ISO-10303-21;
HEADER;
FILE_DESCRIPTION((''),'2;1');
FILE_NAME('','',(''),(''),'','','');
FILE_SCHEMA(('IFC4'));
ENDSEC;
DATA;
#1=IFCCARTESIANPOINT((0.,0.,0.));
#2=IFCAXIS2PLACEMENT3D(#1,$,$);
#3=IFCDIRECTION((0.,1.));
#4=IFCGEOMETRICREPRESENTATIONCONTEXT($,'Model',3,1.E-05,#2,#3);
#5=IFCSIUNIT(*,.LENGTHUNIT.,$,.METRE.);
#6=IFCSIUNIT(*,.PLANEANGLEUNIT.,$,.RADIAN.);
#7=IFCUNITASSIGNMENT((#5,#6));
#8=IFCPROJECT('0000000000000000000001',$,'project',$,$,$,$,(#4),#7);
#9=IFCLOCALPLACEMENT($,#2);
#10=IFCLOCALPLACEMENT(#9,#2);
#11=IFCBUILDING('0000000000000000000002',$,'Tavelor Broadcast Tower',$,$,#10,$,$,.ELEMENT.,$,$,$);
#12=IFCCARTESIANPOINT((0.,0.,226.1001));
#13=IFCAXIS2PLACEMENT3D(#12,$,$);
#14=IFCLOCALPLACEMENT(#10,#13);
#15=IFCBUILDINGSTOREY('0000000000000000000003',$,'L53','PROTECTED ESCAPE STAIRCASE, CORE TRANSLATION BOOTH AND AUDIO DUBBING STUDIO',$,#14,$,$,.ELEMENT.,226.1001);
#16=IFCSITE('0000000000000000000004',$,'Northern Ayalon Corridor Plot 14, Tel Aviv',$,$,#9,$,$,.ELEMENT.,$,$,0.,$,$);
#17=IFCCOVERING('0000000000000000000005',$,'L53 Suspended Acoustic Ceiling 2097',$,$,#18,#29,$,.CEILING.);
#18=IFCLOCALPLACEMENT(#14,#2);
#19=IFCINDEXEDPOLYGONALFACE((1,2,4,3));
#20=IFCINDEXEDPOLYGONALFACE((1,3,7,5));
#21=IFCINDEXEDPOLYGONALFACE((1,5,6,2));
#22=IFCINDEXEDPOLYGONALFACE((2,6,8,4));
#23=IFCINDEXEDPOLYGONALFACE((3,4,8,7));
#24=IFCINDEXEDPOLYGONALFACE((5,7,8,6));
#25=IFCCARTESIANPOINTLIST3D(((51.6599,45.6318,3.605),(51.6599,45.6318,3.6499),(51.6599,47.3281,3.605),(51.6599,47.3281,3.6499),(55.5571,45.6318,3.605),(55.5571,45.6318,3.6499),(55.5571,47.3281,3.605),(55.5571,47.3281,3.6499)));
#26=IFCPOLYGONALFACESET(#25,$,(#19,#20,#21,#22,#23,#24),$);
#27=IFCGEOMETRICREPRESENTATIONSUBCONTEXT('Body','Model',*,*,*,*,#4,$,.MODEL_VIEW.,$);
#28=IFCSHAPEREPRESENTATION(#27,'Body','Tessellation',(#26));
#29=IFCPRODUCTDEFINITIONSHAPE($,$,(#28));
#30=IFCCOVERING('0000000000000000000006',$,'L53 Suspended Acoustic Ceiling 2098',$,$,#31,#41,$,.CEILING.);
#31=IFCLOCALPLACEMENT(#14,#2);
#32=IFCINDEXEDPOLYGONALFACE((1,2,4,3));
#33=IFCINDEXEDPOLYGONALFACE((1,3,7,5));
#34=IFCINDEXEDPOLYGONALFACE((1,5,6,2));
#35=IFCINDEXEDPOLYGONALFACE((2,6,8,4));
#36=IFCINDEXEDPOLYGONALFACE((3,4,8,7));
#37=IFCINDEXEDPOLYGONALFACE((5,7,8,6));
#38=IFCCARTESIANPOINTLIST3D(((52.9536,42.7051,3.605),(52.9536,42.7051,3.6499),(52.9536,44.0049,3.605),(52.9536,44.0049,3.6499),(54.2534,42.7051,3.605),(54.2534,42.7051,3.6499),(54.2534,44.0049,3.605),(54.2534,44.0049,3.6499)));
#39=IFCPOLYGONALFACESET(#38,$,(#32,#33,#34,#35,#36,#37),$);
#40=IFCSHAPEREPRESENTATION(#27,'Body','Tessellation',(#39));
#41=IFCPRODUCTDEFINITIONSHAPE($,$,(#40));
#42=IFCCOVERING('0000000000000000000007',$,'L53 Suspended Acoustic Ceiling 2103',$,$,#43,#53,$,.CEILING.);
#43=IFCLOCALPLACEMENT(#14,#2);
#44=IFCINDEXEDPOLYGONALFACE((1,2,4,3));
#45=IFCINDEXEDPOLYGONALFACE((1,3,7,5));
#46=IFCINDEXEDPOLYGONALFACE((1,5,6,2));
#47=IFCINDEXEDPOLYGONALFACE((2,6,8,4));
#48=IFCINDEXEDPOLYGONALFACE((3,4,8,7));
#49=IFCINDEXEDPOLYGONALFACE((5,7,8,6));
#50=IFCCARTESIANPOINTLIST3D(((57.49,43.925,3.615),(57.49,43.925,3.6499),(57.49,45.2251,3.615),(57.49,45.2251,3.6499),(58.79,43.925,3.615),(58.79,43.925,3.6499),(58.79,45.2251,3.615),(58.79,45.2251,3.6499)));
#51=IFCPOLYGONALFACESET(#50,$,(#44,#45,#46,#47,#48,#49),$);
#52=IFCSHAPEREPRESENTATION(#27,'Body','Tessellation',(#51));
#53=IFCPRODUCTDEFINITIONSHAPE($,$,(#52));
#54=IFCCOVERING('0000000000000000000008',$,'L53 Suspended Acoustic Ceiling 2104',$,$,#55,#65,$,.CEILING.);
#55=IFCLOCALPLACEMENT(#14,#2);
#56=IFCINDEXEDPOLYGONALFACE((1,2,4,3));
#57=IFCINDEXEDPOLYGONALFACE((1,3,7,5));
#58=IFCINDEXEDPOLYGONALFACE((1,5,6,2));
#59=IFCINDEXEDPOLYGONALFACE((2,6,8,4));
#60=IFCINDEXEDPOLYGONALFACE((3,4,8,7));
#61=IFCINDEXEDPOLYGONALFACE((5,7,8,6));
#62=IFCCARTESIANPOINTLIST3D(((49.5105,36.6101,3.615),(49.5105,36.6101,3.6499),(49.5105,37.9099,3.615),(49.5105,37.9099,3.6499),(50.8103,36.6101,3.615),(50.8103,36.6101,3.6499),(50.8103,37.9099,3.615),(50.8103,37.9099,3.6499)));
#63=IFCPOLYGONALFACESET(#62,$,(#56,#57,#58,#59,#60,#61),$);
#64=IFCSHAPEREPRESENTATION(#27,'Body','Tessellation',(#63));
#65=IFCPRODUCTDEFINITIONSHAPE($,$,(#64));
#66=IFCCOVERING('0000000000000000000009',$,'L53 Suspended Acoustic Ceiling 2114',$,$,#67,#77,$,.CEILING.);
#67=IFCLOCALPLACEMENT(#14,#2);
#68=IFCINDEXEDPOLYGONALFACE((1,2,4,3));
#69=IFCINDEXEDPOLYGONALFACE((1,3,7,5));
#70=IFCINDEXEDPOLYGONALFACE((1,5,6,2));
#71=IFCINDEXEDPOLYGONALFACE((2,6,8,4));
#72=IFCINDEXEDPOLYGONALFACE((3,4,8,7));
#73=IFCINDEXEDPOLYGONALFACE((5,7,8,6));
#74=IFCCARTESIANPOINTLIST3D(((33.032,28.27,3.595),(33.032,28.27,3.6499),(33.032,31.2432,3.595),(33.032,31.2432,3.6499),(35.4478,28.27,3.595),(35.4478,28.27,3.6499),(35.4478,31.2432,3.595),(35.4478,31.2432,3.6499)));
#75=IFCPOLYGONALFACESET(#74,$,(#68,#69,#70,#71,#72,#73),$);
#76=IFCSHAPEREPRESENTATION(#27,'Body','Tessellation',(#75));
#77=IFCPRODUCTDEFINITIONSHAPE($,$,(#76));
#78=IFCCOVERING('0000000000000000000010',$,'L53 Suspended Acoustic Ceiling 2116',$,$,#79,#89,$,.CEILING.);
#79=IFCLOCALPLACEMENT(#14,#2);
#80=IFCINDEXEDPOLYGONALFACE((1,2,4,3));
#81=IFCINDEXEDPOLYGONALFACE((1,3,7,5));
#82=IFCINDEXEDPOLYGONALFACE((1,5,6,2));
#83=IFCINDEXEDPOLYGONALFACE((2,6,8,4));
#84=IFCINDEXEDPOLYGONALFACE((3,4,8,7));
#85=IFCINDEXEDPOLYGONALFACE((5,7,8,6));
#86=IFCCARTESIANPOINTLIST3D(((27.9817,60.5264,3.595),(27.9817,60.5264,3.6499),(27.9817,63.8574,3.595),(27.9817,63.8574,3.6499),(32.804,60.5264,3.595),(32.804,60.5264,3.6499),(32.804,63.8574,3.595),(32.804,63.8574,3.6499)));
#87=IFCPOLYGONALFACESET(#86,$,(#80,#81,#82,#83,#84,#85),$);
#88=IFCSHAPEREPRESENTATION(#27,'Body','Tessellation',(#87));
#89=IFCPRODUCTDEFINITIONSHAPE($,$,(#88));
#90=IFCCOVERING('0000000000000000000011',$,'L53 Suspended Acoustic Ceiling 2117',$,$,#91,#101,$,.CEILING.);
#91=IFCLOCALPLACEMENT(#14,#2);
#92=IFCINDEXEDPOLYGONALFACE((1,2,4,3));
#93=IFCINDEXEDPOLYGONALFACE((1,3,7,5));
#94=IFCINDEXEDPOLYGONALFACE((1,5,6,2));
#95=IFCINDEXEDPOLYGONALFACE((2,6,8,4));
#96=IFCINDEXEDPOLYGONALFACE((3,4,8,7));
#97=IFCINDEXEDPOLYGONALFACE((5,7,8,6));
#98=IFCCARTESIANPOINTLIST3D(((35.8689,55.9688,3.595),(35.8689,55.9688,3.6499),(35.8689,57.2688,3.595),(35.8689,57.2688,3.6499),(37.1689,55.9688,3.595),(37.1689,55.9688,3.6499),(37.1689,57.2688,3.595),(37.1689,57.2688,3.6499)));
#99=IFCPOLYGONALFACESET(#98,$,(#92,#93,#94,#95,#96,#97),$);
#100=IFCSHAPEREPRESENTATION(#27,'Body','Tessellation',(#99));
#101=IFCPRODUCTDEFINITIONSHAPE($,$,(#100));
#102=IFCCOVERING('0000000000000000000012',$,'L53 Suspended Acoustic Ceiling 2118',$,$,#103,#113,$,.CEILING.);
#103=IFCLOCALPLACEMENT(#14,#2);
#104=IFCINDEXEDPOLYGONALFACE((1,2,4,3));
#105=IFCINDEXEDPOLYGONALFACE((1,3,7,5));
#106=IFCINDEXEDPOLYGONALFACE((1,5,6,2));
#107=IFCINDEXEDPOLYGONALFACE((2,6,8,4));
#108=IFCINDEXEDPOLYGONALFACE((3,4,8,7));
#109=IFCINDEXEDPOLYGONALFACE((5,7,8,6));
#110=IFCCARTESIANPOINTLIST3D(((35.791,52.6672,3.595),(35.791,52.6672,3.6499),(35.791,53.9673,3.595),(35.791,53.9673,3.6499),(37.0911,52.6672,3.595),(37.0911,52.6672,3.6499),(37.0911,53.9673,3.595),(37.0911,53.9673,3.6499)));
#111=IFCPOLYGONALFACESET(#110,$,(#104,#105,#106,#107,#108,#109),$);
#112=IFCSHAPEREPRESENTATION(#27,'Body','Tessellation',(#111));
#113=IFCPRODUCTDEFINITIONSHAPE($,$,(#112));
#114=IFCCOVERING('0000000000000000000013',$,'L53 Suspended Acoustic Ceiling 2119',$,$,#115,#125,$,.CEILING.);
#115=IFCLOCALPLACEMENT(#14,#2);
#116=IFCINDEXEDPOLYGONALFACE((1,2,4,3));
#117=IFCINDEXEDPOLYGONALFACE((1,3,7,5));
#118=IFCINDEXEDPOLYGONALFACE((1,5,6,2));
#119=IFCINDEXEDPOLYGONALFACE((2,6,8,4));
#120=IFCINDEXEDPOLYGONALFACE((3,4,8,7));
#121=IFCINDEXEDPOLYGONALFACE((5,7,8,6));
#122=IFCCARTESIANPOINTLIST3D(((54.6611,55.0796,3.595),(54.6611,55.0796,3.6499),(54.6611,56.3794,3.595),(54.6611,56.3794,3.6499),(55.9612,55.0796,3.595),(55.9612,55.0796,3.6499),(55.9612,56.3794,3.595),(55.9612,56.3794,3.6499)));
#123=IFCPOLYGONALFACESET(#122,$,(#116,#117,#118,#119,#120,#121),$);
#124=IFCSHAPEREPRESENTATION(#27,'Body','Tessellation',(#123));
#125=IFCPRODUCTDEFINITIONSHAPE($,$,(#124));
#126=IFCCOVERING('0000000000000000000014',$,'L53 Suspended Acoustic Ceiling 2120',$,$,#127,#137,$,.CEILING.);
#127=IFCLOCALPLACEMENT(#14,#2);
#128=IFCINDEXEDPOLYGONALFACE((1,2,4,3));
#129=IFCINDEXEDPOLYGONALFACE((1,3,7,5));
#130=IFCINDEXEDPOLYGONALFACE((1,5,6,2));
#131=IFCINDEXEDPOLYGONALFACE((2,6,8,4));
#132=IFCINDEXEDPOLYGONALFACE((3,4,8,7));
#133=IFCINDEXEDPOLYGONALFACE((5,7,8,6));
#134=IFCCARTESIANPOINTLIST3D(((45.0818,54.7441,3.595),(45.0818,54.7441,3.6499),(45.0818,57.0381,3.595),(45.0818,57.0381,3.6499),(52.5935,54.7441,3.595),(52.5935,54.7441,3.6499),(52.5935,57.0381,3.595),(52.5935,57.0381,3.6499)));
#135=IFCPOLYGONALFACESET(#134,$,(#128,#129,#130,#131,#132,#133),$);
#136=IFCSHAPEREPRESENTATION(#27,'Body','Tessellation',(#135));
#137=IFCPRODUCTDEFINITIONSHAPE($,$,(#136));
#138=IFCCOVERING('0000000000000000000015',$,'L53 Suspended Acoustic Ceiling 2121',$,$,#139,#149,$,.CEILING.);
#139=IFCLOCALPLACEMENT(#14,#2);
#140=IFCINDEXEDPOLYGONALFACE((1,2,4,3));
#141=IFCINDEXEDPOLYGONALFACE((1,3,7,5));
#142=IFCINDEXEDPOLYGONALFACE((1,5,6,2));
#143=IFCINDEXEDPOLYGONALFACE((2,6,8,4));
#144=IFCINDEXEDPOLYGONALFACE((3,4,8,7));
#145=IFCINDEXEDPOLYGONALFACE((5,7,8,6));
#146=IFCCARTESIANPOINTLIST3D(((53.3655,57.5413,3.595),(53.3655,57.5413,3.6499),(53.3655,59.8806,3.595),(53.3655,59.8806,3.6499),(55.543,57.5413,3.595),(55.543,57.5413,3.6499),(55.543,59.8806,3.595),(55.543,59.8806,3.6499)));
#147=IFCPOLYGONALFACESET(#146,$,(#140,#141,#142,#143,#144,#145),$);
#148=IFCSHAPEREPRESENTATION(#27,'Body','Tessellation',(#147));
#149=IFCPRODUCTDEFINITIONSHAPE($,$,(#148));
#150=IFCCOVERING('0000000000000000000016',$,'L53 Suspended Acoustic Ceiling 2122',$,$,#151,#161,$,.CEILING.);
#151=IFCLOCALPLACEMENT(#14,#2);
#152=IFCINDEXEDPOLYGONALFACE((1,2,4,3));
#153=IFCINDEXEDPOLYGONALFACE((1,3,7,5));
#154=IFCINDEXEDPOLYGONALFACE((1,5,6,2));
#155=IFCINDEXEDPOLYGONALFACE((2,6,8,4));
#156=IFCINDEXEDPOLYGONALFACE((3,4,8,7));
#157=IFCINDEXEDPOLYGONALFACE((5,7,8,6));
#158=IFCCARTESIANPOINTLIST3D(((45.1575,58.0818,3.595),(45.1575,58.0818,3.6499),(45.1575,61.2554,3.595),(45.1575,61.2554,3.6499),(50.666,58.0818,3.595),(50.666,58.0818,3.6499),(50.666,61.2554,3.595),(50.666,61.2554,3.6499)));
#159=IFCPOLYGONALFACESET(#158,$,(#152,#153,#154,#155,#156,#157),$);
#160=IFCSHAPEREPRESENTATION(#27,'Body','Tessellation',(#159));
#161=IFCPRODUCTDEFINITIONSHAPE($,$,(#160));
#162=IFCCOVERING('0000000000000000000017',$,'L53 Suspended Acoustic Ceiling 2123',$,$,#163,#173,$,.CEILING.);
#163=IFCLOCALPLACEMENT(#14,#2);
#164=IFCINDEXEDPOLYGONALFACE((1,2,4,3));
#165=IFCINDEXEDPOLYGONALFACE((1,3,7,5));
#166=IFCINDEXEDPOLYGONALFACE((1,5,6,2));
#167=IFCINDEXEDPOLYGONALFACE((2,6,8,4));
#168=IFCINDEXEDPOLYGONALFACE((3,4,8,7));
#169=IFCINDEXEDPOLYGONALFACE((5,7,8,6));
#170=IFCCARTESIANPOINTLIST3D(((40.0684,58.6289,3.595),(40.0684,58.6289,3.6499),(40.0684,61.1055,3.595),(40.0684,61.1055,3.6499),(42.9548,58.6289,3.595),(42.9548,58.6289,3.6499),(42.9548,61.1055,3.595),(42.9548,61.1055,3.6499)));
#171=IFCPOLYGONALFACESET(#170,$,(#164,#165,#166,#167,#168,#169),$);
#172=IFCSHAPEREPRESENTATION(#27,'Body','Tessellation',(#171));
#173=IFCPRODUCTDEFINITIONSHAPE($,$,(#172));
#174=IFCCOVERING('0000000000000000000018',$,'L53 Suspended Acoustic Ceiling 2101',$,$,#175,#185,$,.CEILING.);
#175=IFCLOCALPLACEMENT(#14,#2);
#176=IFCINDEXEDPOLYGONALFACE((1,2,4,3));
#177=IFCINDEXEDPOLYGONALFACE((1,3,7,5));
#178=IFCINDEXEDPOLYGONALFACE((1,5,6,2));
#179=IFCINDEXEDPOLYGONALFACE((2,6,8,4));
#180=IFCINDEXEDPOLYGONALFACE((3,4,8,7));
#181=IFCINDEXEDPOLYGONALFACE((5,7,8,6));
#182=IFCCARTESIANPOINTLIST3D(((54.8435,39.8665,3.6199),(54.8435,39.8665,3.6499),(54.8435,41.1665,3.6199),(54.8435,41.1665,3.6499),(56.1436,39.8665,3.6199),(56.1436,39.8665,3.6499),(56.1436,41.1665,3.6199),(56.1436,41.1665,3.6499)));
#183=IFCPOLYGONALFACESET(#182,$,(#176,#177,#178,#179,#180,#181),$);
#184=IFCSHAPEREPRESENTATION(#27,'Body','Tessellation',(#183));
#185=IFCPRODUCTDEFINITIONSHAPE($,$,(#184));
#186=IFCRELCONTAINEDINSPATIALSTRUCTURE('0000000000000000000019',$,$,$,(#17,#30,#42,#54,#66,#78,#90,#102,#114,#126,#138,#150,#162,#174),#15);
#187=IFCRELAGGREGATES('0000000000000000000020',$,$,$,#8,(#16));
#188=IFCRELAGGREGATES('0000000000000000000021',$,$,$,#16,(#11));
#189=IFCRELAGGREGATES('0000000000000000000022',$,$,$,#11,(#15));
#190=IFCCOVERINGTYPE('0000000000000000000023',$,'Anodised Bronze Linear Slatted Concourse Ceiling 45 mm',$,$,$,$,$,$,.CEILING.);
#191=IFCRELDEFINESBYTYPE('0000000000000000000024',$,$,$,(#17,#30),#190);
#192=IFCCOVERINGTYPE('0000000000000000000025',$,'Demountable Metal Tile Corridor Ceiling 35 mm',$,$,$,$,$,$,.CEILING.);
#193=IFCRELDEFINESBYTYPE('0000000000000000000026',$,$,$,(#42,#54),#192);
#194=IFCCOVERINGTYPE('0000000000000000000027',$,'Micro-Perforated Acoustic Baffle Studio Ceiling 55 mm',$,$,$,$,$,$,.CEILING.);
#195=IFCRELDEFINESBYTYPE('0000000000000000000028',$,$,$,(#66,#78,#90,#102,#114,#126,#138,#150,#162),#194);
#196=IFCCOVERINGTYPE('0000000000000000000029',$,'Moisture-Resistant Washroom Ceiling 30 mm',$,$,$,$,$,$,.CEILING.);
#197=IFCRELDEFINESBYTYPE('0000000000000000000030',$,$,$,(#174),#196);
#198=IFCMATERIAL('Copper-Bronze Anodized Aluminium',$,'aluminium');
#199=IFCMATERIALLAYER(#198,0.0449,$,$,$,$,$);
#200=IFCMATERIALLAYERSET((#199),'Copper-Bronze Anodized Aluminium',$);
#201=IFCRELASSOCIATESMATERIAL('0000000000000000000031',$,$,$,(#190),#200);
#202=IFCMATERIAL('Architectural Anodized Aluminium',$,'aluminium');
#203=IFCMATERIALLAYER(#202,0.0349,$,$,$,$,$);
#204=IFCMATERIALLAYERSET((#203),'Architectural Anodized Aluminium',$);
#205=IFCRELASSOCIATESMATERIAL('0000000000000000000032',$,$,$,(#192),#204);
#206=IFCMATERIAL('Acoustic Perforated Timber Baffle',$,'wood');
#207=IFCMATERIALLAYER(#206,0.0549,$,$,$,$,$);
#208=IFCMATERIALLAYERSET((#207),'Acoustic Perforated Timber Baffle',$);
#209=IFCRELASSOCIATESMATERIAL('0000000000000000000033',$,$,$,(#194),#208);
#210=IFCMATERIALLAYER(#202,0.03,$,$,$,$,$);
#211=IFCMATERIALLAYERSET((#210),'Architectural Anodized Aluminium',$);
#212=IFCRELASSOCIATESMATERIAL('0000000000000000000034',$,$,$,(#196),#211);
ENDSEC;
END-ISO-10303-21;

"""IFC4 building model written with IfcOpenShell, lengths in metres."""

from ifc_helpers import new_model, si_unit, direction, frame, origin, place, context, subcontext, project, spatial, polyline, outline, extrude, material, layer, layer_set, type_object, element, save


model = new_model("IFC4")

# Units and contexts
model_context = context("Model", 3, precision=1e-05, world=origin(), true_north=direction((0.0, 1.0)))
body_context = subcontext(model_context, "Body", "Model", "MODEL_VIEW")
ifc_project = project(units=[si_unit("LENGTHUNIT", "METRE"), si_unit("PLANEANGLEUNIT", "RADIAN")], contexts=[model_context])

# Site, building, storey
site_placement = place(None, origin())
site = spatial("IfcSite", under=ifc_project, at=site_placement, Name="Northern Ayalon Corridor Plot 14, Tel Aviv", CompositionType="ELEMENT", RefElevation=0.0)
building_placement = place(site_placement, origin())
building = spatial("IfcBuilding", under=site, at=building_placement, Name="Tavelor Broadcast Tower", CompositionType="ELEMENT")
storey_placement = place(building_placement, frame((0.0, 0.0, 226.1001)))
storey = spatial("IfcBuildingStorey", under=building, at=storey_placement, Name="L53", Description="PROTECTED ESCAPE STAIRCASE, CORE TRANSLATION BOOTH AND AUDIO DUBBING STUDIO", CompositionType="ELEMENT", Elevation=226.1001)

# Coverings
ifc_material_1 = material(Name="Copper-Bronze Anodized Aluminium", Category="aluminium")
ifc_layer_1 = layer(ifc_material_1, 0.0449)
ifc_layer_set_1 = layer_set([ifc_layer_1], Name="Copper-Bronze Anodized Aluminium")
covering_type_1 = type_object("IfcCoveringType", Name="Anodised Bronze Linear Slatted Concourse Ceiling 45 mm", PredefinedType="CEILING", material=ifc_layer_set_1)
covering_1_placement = place(storey_placement, frame((0.0, 0.0, 3.605)))
element("IfcCovering", 1, at=covering_1_placement, inside=storey, type_object=covering_type_1, Name="L53 Suspended Acoustic Ceiling 2097", PredefinedType="CEILING", context=body_context, shape_type="SweptSolid", body=[
    extrude(outline(polyline([(51.6599, 45.6318), (55.5571, 45.6318), (55.5571, 47.3281), (51.6599, 47.3281), (51.6599, 45.6318)])), origin(), (0.0, 0.0, 1.0), 0.0449),
])
covering_2_placement = place(storey_placement, frame((0.0, 0.0, 3.605)))
element("IfcCovering", 2, at=covering_2_placement, inside=storey, type_object=covering_type_1, Name="L53 Suspended Acoustic Ceiling 2098", PredefinedType="CEILING", context=body_context, shape_type="SweptSolid", body=[
    extrude(outline(polyline([(52.9536, 42.7051), (54.2534, 42.7051), (54.2534, 44.0049), (52.9536, 44.0049), (52.9536, 42.7051)])), origin(), (0.0, 0.0, 1.0), 0.0449),
])
ifc_material_2 = material(Name="Architectural Anodized Aluminium", Category="aluminium")
ifc_layer_2 = layer(ifc_material_2, 0.0349)
ifc_layer_set_2 = layer_set([ifc_layer_2], Name="Architectural Anodized Aluminium")
covering_type_2 = type_object("IfcCoveringType", Name="Demountable Metal Tile Corridor Ceiling 35 mm", PredefinedType="CEILING", material=ifc_layer_set_2)
covering_3_placement = place(storey_placement, frame((0.0, 0.0, 3.615)))
element("IfcCovering", 3, at=covering_3_placement, inside=storey, type_object=covering_type_2, Name="L53 Suspended Acoustic Ceiling 2103", PredefinedType="CEILING", context=body_context, shape_type="SweptSolid", body=[
    extrude(outline(polyline([(57.49, 43.925), (58.79, 43.925), (58.79, 45.2251), (57.49, 45.2251), (57.49, 43.925)])), origin(), (0.0, 0.0, 1.0), 0.0349),
])
covering_4_placement = place(storey_placement, frame((0.0, 0.0, 3.615)))
element("IfcCovering", 4, at=covering_4_placement, inside=storey, type_object=covering_type_2, Name="L53 Suspended Acoustic Ceiling 2104", PredefinedType="CEILING", context=body_context, shape_type="SweptSolid", body=[
    extrude(outline(polyline([(49.5105, 36.6101), (50.8103, 36.6101), (50.8103, 37.9099), (49.5105, 37.9099), (49.5105, 36.6101)])), origin(), (0.0, 0.0, 1.0), 0.0349),
])
ifc_material_3 = material(Name="Acoustic Perforated Timber Baffle", Category="wood")
ifc_layer_3 = layer(ifc_material_3, 0.0549)
ifc_layer_set_3 = layer_set([ifc_layer_3], Name="Acoustic Perforated Timber Baffle")
covering_type_3 = type_object("IfcCoveringType", Name="Micro-Perforated Acoustic Baffle Studio Ceiling 55 mm", PredefinedType="CEILING", material=ifc_layer_set_3)
covering_5_placement = place(storey_placement, frame((0.0, 0.0, 3.595)))
element("IfcCovering", 5, at=covering_5_placement, inside=storey, type_object=covering_type_3, Name="L53 Suspended Acoustic Ceiling 2114", PredefinedType="CEILING", context=body_context, shape_type="SweptSolid", body=[
    extrude(outline(polyline([(33.032, 28.27), (35.4478, 28.27), (35.4478, 31.2432), (33.032, 31.2432), (33.032, 28.27)])), origin(), (0.0, 0.0, 1.0), 0.0549),
])
covering_6_placement = place(storey_placement, frame((0.0, 0.0, 3.595)))
element("IfcCovering", 6, at=covering_6_placement, inside=storey, type_object=covering_type_3, Name="L53 Suspended Acoustic Ceiling 2116", PredefinedType="CEILING", context=body_context, shape_type="SweptSolid", body=[
    extrude(outline(polyline([(27.9817, 60.5264), (32.804, 60.5264), (32.804, 63.8574), (27.9817, 63.8574), (27.9817, 60.5264)])), origin(), (0.0, 0.0, 1.0), 0.0549),
])
covering_7_placement = place(storey_placement, frame((0.0, 0.0, 3.595)))
element("IfcCovering", 7, at=covering_7_placement, inside=storey, type_object=covering_type_3, Name="L53 Suspended Acoustic Ceiling 2117", PredefinedType="CEILING", context=body_context, shape_type="SweptSolid", body=[
    extrude(outline(polyline([(35.8689, 55.9688), (37.1689, 55.9688), (37.1689, 57.2688), (35.8689, 57.2688), (35.8689, 55.9688)])), origin(), (0.0, 0.0, 1.0), 0.0549),
])
covering_8_placement = place(storey_placement, frame((0.0, 0.0, 3.595)))
element("IfcCovering", 8, at=covering_8_placement, inside=storey, type_object=covering_type_3, Name="L53 Suspended Acoustic Ceiling 2118", PredefinedType="CEILING", context=body_context, shape_type="SweptSolid", body=[
    extrude(outline(polyline([(35.791, 52.6672), (37.0911, 52.6672), (37.0911, 53.9673), (35.791, 53.9673), (35.791, 52.6672)])), origin(), (0.0, 0.0, 1.0), 0.0549),
])
covering_9_placement = place(storey_placement, frame((0.0, 0.0, 3.595)))
element("IfcCovering", 9, at=covering_9_placement, inside=storey, type_object=covering_type_3, Name="L53 Suspended Acoustic Ceiling 2119", PredefinedType="CEILING", context=body_context, shape_type="SweptSolid", body=[
    extrude(outline(polyline([(54.6611, 55.0796), (55.9612, 55.0796), (55.9612, 56.3794), (54.6611, 56.3794), (54.6611, 55.0796)])), origin(), (0.0, 0.0, 1.0), 0.0549),
])
covering_10_placement = place(storey_placement, frame((0.0, 0.0, 3.595)))
element("IfcCovering", 10, at=covering_10_placement, inside=storey, type_object=covering_type_3, Name="L53 Suspended Acoustic Ceiling 2120", PredefinedType="CEILING", context=body_context, shape_type="SweptSolid", body=[
    extrude(outline(polyline([(45.0818, 54.7441), (52.5935, 54.7441), (52.5935, 57.0381), (45.0818, 57.0381), (45.0818, 54.7441)])), origin(), (0.0, 0.0, 1.0), 0.0549),
])
covering_11_placement = place(storey_placement, frame((0.0, 0.0, 3.595)))
element("IfcCovering", 11, at=covering_11_placement, inside=storey, type_object=covering_type_3, Name="L53 Suspended Acoustic Ceiling 2121", PredefinedType="CEILING", context=body_context, shape_type="SweptSolid", body=[
    extrude(outline(polyline([(53.3655, 57.5413), (55.543, 57.5413), (55.543, 59.8806), (53.3655, 59.8806), (53.3655, 57.5413)])), origin(), (0.0, 0.0, 1.0), 0.0549),
])
covering_12_placement = place(storey_placement, frame((0.0, 0.0, 3.595)))
element("IfcCovering", 12, at=covering_12_placement, inside=storey, type_object=covering_type_3, Name="L53 Suspended Acoustic Ceiling 2122", PredefinedType="CEILING", context=body_context, shape_type="SweptSolid", body=[
    extrude(outline(polyline([(45.1575, 58.0818), (50.666, 58.0818), (50.666, 61.2554), (45.1575, 61.2554), (45.1575, 58.0818)])), origin(), (0.0, 0.0, 1.0), 0.0549),
])
covering_13_placement = place(storey_placement, frame((0.0, 0.0, 3.595)))
element("IfcCovering", 13, at=covering_13_placement, inside=storey, type_object=covering_type_3, Name="L53 Suspended Acoustic Ceiling 2123", PredefinedType="CEILING", context=body_context, shape_type="SweptSolid", body=[
    extrude(outline(polyline([(40.0684, 58.6289), (42.9548, 58.6289), (42.9548, 61.1055), (40.0684, 61.1055), (40.0684, 58.6289)])), origin(), (0.0, 0.0, 1.0), 0.0549),
])
ifc_layer_4 = layer(ifc_material_2, 0.03)
ifc_layer_set_4 = layer_set([ifc_layer_4], Name="Architectural Anodized Aluminium")
covering_type_4 = type_object("IfcCoveringType", Name="Moisture-Resistant Washroom Ceiling 30 mm", PredefinedType="CEILING", material=ifc_layer_set_4)
covering_14_placement = place(storey_placement, frame((0.0, 0.0, 3.6199)))
element("IfcCovering", 14, at=covering_14_placement, inside=storey, type_object=covering_type_4, Name="L53 Suspended Acoustic Ceiling 2101", PredefinedType="CEILING", context=body_context, shape_type="SweptSolid", body=[
    extrude(outline(polyline([(54.8435, 39.8665), (56.1436, 39.8665), (56.1436, 41.1665), (54.8435, 41.1665), (54.8435, 39.8665)])), origin(), (0.0, 0.0, 1.0), 0.03),
])

save(model, "model.ifc")
